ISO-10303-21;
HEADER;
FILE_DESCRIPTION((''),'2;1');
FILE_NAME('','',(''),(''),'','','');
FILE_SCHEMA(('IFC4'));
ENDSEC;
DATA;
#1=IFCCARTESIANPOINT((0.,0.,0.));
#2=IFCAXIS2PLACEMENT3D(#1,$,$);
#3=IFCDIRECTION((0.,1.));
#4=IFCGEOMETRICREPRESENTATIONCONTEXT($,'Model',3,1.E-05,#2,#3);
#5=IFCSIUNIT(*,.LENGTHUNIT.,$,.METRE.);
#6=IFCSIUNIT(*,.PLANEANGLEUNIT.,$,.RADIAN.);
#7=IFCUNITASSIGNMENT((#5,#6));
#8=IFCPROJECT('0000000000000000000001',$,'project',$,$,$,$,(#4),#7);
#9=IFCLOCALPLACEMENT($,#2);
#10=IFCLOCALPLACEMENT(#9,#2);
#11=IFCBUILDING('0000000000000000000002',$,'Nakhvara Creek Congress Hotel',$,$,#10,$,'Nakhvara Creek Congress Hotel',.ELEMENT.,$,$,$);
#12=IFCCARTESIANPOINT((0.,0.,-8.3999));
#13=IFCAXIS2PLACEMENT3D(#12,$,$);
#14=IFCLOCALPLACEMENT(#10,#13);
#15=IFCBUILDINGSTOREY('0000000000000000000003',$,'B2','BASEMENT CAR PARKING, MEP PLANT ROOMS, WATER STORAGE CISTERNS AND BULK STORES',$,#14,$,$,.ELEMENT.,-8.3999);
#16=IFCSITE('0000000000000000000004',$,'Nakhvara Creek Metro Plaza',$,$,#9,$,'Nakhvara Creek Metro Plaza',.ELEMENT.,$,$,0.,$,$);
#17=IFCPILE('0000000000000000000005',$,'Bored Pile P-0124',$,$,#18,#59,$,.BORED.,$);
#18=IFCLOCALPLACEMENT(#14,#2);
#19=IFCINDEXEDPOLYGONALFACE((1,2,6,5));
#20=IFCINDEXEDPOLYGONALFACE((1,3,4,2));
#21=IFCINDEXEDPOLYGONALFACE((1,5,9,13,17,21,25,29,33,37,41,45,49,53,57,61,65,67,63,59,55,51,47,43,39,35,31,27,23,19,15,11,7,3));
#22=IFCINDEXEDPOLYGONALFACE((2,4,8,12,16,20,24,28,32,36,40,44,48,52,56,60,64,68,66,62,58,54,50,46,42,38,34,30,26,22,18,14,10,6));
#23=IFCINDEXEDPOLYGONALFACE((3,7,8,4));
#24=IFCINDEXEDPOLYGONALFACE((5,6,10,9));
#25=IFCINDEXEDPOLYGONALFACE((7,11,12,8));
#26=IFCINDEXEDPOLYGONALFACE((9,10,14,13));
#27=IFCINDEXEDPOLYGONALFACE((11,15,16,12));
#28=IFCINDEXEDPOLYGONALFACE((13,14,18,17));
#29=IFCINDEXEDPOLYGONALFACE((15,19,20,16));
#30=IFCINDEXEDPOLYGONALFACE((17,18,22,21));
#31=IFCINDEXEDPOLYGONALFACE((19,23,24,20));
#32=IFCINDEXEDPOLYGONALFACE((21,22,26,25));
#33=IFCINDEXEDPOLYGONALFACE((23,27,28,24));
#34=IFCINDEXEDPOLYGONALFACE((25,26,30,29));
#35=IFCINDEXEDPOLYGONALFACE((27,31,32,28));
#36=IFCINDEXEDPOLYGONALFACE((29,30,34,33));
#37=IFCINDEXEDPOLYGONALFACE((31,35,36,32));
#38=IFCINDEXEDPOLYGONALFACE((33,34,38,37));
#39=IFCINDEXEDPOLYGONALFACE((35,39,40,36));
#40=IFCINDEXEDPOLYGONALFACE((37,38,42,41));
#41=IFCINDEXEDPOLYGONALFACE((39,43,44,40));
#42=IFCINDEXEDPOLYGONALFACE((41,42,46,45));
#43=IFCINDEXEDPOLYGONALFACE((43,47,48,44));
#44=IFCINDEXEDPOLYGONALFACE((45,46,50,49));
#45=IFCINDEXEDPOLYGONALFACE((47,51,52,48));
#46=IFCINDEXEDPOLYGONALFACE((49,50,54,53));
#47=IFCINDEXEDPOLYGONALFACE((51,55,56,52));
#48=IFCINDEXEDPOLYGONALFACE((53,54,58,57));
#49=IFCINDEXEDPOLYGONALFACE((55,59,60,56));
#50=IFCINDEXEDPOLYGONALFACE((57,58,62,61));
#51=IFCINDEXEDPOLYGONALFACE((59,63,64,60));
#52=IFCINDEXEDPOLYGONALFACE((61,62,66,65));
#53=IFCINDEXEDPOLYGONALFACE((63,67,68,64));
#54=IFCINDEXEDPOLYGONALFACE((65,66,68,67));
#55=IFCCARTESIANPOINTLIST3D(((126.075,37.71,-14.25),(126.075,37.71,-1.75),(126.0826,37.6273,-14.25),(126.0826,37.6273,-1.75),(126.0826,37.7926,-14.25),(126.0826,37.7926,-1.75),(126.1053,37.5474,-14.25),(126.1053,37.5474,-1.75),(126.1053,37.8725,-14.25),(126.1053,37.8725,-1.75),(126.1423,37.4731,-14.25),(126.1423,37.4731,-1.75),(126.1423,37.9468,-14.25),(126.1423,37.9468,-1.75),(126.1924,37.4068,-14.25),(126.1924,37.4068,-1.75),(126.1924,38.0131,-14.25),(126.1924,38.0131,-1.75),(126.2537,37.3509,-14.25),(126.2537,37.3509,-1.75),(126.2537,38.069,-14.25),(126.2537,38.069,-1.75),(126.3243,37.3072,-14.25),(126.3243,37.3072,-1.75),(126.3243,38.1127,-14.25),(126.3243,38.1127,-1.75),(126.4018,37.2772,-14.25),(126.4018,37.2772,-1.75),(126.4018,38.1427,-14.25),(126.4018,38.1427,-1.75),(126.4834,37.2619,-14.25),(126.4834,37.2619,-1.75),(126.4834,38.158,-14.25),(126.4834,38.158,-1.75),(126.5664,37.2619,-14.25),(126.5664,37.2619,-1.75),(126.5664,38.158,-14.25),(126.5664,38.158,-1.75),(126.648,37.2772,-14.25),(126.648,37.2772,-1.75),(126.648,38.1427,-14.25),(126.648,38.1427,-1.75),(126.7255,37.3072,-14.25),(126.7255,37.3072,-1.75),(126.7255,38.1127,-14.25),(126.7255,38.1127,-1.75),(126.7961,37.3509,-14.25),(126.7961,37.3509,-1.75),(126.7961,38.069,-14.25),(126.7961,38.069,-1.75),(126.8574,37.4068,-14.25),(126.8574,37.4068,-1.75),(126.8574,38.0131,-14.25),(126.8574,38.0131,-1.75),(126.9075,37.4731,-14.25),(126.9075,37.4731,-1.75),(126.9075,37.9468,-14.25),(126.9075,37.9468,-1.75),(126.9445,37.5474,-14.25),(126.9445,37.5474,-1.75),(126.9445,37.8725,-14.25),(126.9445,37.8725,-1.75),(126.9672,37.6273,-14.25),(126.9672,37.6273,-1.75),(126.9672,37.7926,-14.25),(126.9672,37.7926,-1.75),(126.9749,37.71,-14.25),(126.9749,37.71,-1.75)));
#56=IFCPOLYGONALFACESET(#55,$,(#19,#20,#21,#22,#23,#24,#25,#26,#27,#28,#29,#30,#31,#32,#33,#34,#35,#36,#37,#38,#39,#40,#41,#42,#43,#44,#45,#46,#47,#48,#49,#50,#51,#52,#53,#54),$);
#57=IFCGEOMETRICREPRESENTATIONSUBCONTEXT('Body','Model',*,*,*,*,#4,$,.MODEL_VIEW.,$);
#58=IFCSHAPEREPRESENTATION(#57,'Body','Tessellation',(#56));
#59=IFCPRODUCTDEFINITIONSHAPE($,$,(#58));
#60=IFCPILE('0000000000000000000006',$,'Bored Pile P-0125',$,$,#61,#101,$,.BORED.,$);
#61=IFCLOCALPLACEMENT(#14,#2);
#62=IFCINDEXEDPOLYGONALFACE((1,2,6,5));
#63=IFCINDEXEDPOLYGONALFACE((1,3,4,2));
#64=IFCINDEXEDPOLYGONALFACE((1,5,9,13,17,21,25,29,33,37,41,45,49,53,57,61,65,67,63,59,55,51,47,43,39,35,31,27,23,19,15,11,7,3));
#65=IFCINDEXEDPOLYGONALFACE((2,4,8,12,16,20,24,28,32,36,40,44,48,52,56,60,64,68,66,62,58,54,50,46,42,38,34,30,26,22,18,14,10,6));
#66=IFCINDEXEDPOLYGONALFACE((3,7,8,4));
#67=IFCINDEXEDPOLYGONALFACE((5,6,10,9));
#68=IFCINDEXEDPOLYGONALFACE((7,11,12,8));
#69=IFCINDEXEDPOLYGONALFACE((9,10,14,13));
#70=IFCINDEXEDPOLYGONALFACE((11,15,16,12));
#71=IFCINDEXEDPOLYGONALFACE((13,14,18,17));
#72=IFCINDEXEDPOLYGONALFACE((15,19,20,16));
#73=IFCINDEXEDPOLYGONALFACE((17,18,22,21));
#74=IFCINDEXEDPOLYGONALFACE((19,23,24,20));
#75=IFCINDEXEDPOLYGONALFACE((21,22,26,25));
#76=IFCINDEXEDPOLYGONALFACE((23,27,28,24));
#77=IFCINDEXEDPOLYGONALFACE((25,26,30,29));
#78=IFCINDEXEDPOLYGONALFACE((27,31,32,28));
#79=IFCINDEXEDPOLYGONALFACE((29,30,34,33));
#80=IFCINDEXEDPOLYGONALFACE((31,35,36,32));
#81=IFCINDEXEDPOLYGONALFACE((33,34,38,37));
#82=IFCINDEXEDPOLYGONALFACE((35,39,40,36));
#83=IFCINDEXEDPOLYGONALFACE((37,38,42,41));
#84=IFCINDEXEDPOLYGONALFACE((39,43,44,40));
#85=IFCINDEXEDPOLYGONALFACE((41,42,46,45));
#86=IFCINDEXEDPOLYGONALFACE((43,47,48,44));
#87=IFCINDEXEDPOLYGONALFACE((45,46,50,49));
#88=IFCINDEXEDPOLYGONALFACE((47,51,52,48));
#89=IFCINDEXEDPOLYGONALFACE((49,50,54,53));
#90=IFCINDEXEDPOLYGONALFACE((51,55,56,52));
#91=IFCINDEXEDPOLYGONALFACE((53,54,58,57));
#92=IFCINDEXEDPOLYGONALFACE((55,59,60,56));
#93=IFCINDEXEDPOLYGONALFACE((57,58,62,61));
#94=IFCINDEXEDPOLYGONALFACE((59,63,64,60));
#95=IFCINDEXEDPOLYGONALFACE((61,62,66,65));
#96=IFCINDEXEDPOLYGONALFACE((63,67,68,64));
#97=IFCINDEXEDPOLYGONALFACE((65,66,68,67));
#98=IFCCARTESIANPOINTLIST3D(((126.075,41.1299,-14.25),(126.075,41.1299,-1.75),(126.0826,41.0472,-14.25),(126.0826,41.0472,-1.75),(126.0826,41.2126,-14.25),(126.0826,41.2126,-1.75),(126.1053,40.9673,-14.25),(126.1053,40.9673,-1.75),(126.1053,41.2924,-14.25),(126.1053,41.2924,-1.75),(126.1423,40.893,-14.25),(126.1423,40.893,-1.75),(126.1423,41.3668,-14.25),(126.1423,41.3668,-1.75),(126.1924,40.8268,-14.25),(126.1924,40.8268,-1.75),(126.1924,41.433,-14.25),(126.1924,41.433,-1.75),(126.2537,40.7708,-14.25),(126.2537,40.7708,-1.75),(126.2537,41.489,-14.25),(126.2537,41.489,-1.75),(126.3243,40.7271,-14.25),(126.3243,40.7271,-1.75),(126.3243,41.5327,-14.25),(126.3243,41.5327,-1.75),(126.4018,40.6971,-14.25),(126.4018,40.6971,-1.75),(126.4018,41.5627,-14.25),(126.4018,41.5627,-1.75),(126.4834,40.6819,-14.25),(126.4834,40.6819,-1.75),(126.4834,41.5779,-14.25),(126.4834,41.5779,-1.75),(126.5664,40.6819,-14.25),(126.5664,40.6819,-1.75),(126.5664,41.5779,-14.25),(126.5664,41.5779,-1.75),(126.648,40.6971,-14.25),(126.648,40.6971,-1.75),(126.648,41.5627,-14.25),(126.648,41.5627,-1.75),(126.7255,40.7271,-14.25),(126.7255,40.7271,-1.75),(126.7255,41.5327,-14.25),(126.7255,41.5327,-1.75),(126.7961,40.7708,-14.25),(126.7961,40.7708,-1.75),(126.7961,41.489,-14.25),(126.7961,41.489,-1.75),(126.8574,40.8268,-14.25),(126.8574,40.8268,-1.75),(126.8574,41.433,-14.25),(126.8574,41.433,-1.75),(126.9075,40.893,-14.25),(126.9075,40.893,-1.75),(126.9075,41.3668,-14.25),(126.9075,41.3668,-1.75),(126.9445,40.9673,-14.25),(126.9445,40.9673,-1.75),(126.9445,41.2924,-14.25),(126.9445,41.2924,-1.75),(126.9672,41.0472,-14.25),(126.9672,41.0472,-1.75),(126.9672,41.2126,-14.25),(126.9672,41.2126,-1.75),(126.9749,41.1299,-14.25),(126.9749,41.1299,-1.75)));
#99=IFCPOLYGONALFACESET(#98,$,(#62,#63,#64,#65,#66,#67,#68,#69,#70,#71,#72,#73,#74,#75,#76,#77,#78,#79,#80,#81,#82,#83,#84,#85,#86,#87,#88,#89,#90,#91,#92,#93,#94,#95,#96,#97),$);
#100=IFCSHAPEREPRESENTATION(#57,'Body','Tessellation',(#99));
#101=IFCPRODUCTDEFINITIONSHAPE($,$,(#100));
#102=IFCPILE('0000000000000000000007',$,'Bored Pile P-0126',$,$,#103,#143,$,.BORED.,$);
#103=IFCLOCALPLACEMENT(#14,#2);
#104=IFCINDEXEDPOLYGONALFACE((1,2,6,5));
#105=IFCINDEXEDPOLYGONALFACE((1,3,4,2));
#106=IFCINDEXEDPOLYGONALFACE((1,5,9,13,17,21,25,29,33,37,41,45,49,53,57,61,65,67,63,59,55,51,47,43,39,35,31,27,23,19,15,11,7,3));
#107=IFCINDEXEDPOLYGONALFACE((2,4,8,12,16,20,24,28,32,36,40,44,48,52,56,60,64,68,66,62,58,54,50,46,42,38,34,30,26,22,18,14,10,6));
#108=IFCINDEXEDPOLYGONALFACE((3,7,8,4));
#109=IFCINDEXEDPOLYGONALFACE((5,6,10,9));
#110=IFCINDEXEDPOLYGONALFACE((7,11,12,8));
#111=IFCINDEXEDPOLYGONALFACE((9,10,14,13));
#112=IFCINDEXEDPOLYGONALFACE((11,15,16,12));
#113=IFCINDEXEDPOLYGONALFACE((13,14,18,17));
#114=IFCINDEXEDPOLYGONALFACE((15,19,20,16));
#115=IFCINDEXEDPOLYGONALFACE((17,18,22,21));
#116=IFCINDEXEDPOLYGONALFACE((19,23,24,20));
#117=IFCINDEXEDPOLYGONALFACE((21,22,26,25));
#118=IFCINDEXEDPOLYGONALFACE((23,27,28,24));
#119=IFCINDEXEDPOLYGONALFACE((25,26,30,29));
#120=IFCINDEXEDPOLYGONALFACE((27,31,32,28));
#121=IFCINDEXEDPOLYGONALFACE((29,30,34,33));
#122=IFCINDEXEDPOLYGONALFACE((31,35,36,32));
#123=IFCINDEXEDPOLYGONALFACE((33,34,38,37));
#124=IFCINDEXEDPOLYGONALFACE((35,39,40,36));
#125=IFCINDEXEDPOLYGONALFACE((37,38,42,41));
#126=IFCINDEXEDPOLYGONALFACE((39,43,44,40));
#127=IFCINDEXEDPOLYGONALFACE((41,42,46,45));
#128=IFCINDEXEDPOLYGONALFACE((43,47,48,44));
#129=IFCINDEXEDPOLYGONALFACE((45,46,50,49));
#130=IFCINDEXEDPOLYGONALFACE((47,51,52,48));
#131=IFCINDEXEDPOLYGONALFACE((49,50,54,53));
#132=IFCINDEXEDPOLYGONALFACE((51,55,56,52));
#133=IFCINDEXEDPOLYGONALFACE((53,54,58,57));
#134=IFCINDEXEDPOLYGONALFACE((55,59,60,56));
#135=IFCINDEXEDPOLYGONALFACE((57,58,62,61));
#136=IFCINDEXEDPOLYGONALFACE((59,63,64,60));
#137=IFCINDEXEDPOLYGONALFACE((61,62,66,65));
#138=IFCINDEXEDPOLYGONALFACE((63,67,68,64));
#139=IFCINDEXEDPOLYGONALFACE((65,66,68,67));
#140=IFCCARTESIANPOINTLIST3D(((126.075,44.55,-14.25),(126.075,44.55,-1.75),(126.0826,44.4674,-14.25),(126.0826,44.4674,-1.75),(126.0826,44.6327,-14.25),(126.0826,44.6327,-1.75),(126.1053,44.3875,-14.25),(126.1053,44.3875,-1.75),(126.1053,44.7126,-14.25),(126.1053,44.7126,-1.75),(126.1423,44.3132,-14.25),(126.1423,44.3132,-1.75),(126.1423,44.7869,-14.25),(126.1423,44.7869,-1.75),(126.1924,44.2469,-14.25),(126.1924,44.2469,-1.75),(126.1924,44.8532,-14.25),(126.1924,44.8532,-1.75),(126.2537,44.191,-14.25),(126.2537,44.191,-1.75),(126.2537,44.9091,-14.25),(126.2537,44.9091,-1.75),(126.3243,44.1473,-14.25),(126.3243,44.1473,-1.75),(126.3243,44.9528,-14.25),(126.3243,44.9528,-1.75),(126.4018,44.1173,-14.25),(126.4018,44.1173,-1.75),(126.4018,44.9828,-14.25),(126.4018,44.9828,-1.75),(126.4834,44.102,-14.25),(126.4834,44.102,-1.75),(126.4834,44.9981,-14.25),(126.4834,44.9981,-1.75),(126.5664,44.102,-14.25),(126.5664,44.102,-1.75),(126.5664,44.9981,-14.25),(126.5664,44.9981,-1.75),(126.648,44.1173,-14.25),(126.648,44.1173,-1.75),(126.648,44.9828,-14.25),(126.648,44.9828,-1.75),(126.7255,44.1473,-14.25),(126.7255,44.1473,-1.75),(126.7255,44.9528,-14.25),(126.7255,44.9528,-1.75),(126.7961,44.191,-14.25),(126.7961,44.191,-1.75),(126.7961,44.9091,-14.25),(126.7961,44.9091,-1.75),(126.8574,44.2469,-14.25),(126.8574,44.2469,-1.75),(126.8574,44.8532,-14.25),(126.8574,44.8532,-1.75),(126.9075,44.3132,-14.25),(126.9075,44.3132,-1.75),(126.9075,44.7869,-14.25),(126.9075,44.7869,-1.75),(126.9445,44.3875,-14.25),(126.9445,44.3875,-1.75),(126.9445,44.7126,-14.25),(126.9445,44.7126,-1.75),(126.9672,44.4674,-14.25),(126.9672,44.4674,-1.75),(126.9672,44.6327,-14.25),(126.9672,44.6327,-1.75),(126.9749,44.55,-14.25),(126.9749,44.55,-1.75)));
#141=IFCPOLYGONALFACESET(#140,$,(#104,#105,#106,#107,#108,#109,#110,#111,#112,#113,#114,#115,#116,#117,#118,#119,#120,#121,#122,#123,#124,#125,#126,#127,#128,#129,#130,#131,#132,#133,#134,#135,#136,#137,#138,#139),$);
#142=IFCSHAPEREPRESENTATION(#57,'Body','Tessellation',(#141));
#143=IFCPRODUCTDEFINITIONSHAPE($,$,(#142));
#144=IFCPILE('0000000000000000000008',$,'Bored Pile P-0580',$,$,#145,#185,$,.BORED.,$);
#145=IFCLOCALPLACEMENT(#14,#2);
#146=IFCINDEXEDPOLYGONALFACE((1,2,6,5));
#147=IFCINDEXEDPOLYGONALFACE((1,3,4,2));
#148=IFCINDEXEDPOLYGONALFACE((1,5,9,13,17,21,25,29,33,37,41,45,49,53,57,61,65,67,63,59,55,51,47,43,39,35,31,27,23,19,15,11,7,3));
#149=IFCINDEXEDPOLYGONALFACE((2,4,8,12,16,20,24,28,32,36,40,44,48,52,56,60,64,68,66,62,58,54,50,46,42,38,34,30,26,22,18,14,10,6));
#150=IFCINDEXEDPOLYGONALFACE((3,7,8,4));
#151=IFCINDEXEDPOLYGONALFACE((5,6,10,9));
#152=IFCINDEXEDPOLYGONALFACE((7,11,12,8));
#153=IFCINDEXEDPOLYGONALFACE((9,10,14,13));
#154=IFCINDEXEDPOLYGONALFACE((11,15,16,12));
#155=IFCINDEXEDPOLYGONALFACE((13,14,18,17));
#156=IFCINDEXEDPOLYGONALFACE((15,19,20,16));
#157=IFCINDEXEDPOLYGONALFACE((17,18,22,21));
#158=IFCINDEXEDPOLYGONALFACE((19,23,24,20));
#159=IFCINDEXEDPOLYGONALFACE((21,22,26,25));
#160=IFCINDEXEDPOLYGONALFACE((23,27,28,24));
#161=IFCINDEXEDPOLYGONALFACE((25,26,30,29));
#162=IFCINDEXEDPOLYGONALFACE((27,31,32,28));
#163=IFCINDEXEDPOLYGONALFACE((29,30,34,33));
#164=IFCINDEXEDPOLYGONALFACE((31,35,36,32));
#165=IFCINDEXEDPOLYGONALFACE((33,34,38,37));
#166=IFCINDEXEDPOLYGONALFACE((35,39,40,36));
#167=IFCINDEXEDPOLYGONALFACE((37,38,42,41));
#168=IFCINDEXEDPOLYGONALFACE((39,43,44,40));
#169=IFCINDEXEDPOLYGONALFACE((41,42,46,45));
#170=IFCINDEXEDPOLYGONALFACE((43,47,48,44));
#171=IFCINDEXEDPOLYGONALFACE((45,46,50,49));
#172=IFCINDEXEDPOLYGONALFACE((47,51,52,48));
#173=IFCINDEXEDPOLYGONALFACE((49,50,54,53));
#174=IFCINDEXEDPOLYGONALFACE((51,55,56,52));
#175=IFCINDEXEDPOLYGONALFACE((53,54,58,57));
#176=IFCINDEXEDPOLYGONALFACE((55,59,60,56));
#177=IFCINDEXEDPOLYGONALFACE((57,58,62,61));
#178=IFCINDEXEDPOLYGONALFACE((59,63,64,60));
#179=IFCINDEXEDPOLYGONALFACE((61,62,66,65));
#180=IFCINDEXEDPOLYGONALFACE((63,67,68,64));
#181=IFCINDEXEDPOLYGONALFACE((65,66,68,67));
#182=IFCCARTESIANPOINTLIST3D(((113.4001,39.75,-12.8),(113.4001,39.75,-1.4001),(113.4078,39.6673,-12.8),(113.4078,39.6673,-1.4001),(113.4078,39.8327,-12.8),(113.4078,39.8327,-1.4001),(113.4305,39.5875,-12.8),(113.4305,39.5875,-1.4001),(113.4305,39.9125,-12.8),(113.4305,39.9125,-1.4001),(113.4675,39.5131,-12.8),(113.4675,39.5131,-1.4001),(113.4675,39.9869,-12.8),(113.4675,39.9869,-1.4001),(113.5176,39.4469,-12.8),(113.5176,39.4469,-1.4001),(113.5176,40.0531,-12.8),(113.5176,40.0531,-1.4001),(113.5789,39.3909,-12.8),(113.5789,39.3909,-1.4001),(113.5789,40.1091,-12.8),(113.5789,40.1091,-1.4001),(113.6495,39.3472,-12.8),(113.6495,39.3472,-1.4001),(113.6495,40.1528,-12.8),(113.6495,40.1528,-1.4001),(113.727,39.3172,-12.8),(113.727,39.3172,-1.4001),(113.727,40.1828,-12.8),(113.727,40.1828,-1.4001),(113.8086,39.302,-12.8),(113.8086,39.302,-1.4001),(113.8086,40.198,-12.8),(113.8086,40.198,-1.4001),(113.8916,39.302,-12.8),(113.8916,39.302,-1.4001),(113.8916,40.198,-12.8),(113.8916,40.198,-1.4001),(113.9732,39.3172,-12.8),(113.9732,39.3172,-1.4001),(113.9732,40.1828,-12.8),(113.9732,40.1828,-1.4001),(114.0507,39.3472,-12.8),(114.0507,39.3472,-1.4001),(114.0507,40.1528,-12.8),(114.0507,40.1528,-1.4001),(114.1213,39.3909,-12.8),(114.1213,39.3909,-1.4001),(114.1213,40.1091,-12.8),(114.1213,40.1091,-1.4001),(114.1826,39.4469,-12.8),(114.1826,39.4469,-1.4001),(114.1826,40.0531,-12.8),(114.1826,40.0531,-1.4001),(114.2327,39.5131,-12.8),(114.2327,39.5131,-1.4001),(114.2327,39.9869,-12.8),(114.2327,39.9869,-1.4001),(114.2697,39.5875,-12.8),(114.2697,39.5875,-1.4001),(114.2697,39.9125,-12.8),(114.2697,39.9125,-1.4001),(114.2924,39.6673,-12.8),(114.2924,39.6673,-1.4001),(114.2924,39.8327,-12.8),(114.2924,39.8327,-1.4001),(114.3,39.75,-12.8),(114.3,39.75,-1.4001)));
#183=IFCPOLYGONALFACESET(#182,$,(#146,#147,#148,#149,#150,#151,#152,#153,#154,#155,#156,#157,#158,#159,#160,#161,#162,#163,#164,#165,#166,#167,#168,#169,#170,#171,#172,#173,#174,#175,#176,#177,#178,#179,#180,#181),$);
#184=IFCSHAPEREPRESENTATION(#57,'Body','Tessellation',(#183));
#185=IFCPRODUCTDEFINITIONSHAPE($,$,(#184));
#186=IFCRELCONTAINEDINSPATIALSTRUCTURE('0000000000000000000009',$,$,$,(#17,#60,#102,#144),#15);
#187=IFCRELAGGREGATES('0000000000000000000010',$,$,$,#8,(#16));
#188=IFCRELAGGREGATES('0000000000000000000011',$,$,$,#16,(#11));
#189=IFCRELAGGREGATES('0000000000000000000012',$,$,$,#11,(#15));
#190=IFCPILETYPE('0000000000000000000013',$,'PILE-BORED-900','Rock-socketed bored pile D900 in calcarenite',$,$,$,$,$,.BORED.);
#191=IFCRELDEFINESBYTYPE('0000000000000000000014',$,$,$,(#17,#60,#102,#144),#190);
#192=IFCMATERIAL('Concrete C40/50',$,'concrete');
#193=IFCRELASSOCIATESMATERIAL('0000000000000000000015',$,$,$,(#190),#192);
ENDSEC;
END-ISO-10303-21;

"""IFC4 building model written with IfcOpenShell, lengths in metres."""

from ifc_helpers import new_model, si_unit, direction, frame, origin, origin_2d, place, context, subcontext, project, spatial, circle, extrude, material, material_profile, profile_set, type_object, element, save


model = new_model("IFC4")

# Units and contexts
model_context = context("Model", 3, precision=1e-05, world=origin(), true_north=direction((0.0, 1.0)))
body_context = subcontext(model_context, "Body", "Model", "MODEL_VIEW")
ifc_project = project(units=[si_unit("LENGTHUNIT", "METRE"), si_unit("PLANEANGLEUNIT", "RADIAN")], contexts=[model_context])

# Site, building, storey
site_placement = place(None, origin())
site = spatial("IfcSite", under=ifc_project, at=site_placement, Name="Nakhvara Creek Metro Plaza", LongName="Nakhvara Creek Metro Plaza", CompositionType="ELEMENT", RefElevation=0.0)
building_placement = place(site_placement, origin())
building = spatial("IfcBuilding", under=site, at=building_placement, Name="Nakhvara Creek Congress Hotel", LongName="Nakhvara Creek Congress Hotel", CompositionType="ELEMENT")
storey_placement = place(building_placement, frame((0.0, 0.0, -8.3999)))
storey = spatial("IfcBuildingStorey", under=building, at=storey_placement, Name="B2", Description="BASEMENT CAR PARKING, MEP PLANT ROOMS, WATER STORAGE CISTERNS AND BULK STORES", CompositionType="ELEMENT", Elevation=-8.3999)

# Shared definitions
ifc_material_1 = material(Name="Concrete C40/50", Category="concrete")

# Piles
ifc_material_profile_1 = material_profile(ifc_material_1, circle(Radius=0.45, at=origin_2d()), Name="BORED PILE D900", Category="LoadBearing")
ifc_profile_set_1 = profile_set([ifc_material_profile_1], Name="Concrete C40/50")
pile_type = type_object("IfcPileType", Name="PILE-BORED-900", Description="Rock-socketed bored pile D900 in calcarenite", PredefinedType="BORED", material=ifc_profile_set_1)
for number, where, z_axis, x_axis, name in (
    (1, (126.5249, 37.71, -1.75), (0.0, 0.0, -1.0), (1.0, 0.0, 0.0), "Bored Pile P-0124"),
    (2, (126.5249, 41.1299, -1.75), (0.0, 0.0, -1.0), (1.0, 0.0, 0.0), "Bored Pile P-0125"),
    (3, (126.5249, 44.55, -1.75), (0.0, 0.0, -1.0), (1.0, 0.0, 0.0), "Bored Pile P-0126"),
):
    element("IfcPile", number, at=place(storey_placement, frame(where, z_axis=z_axis, x_axis=x_axis)), inside=storey, type_object=pile_type, Name=name, PredefinedType="BORED", context=body_context, shape_type="SweptSolid", body=[
        extrude(circle(Radius=0.45, at=origin_2d()), origin(), (0.0, 0.0, 1.0), 12.5),
    ])
for number, where, z_axis, x_axis, name in (
    (4, (113.8501, 39.75, -1.4001), (0.0, 0.0, -1.0), (1.0, 0.0, 0.0), "Bored Pile P-0580"),
):
    element("IfcPile", number, at=place(storey_placement, frame(where, z_axis=z_axis, x_axis=x_axis)), inside=storey, type_object=pile_type, Name=name, PredefinedType="BORED", context=body_context, shape_type="SweptSolid", body=[
        extrude(circle(Radius=0.45, at=origin_2d()), origin(), (0.0, 0.0, 1.0), 11.3999),
    ])

save(model, "model.ifc")
